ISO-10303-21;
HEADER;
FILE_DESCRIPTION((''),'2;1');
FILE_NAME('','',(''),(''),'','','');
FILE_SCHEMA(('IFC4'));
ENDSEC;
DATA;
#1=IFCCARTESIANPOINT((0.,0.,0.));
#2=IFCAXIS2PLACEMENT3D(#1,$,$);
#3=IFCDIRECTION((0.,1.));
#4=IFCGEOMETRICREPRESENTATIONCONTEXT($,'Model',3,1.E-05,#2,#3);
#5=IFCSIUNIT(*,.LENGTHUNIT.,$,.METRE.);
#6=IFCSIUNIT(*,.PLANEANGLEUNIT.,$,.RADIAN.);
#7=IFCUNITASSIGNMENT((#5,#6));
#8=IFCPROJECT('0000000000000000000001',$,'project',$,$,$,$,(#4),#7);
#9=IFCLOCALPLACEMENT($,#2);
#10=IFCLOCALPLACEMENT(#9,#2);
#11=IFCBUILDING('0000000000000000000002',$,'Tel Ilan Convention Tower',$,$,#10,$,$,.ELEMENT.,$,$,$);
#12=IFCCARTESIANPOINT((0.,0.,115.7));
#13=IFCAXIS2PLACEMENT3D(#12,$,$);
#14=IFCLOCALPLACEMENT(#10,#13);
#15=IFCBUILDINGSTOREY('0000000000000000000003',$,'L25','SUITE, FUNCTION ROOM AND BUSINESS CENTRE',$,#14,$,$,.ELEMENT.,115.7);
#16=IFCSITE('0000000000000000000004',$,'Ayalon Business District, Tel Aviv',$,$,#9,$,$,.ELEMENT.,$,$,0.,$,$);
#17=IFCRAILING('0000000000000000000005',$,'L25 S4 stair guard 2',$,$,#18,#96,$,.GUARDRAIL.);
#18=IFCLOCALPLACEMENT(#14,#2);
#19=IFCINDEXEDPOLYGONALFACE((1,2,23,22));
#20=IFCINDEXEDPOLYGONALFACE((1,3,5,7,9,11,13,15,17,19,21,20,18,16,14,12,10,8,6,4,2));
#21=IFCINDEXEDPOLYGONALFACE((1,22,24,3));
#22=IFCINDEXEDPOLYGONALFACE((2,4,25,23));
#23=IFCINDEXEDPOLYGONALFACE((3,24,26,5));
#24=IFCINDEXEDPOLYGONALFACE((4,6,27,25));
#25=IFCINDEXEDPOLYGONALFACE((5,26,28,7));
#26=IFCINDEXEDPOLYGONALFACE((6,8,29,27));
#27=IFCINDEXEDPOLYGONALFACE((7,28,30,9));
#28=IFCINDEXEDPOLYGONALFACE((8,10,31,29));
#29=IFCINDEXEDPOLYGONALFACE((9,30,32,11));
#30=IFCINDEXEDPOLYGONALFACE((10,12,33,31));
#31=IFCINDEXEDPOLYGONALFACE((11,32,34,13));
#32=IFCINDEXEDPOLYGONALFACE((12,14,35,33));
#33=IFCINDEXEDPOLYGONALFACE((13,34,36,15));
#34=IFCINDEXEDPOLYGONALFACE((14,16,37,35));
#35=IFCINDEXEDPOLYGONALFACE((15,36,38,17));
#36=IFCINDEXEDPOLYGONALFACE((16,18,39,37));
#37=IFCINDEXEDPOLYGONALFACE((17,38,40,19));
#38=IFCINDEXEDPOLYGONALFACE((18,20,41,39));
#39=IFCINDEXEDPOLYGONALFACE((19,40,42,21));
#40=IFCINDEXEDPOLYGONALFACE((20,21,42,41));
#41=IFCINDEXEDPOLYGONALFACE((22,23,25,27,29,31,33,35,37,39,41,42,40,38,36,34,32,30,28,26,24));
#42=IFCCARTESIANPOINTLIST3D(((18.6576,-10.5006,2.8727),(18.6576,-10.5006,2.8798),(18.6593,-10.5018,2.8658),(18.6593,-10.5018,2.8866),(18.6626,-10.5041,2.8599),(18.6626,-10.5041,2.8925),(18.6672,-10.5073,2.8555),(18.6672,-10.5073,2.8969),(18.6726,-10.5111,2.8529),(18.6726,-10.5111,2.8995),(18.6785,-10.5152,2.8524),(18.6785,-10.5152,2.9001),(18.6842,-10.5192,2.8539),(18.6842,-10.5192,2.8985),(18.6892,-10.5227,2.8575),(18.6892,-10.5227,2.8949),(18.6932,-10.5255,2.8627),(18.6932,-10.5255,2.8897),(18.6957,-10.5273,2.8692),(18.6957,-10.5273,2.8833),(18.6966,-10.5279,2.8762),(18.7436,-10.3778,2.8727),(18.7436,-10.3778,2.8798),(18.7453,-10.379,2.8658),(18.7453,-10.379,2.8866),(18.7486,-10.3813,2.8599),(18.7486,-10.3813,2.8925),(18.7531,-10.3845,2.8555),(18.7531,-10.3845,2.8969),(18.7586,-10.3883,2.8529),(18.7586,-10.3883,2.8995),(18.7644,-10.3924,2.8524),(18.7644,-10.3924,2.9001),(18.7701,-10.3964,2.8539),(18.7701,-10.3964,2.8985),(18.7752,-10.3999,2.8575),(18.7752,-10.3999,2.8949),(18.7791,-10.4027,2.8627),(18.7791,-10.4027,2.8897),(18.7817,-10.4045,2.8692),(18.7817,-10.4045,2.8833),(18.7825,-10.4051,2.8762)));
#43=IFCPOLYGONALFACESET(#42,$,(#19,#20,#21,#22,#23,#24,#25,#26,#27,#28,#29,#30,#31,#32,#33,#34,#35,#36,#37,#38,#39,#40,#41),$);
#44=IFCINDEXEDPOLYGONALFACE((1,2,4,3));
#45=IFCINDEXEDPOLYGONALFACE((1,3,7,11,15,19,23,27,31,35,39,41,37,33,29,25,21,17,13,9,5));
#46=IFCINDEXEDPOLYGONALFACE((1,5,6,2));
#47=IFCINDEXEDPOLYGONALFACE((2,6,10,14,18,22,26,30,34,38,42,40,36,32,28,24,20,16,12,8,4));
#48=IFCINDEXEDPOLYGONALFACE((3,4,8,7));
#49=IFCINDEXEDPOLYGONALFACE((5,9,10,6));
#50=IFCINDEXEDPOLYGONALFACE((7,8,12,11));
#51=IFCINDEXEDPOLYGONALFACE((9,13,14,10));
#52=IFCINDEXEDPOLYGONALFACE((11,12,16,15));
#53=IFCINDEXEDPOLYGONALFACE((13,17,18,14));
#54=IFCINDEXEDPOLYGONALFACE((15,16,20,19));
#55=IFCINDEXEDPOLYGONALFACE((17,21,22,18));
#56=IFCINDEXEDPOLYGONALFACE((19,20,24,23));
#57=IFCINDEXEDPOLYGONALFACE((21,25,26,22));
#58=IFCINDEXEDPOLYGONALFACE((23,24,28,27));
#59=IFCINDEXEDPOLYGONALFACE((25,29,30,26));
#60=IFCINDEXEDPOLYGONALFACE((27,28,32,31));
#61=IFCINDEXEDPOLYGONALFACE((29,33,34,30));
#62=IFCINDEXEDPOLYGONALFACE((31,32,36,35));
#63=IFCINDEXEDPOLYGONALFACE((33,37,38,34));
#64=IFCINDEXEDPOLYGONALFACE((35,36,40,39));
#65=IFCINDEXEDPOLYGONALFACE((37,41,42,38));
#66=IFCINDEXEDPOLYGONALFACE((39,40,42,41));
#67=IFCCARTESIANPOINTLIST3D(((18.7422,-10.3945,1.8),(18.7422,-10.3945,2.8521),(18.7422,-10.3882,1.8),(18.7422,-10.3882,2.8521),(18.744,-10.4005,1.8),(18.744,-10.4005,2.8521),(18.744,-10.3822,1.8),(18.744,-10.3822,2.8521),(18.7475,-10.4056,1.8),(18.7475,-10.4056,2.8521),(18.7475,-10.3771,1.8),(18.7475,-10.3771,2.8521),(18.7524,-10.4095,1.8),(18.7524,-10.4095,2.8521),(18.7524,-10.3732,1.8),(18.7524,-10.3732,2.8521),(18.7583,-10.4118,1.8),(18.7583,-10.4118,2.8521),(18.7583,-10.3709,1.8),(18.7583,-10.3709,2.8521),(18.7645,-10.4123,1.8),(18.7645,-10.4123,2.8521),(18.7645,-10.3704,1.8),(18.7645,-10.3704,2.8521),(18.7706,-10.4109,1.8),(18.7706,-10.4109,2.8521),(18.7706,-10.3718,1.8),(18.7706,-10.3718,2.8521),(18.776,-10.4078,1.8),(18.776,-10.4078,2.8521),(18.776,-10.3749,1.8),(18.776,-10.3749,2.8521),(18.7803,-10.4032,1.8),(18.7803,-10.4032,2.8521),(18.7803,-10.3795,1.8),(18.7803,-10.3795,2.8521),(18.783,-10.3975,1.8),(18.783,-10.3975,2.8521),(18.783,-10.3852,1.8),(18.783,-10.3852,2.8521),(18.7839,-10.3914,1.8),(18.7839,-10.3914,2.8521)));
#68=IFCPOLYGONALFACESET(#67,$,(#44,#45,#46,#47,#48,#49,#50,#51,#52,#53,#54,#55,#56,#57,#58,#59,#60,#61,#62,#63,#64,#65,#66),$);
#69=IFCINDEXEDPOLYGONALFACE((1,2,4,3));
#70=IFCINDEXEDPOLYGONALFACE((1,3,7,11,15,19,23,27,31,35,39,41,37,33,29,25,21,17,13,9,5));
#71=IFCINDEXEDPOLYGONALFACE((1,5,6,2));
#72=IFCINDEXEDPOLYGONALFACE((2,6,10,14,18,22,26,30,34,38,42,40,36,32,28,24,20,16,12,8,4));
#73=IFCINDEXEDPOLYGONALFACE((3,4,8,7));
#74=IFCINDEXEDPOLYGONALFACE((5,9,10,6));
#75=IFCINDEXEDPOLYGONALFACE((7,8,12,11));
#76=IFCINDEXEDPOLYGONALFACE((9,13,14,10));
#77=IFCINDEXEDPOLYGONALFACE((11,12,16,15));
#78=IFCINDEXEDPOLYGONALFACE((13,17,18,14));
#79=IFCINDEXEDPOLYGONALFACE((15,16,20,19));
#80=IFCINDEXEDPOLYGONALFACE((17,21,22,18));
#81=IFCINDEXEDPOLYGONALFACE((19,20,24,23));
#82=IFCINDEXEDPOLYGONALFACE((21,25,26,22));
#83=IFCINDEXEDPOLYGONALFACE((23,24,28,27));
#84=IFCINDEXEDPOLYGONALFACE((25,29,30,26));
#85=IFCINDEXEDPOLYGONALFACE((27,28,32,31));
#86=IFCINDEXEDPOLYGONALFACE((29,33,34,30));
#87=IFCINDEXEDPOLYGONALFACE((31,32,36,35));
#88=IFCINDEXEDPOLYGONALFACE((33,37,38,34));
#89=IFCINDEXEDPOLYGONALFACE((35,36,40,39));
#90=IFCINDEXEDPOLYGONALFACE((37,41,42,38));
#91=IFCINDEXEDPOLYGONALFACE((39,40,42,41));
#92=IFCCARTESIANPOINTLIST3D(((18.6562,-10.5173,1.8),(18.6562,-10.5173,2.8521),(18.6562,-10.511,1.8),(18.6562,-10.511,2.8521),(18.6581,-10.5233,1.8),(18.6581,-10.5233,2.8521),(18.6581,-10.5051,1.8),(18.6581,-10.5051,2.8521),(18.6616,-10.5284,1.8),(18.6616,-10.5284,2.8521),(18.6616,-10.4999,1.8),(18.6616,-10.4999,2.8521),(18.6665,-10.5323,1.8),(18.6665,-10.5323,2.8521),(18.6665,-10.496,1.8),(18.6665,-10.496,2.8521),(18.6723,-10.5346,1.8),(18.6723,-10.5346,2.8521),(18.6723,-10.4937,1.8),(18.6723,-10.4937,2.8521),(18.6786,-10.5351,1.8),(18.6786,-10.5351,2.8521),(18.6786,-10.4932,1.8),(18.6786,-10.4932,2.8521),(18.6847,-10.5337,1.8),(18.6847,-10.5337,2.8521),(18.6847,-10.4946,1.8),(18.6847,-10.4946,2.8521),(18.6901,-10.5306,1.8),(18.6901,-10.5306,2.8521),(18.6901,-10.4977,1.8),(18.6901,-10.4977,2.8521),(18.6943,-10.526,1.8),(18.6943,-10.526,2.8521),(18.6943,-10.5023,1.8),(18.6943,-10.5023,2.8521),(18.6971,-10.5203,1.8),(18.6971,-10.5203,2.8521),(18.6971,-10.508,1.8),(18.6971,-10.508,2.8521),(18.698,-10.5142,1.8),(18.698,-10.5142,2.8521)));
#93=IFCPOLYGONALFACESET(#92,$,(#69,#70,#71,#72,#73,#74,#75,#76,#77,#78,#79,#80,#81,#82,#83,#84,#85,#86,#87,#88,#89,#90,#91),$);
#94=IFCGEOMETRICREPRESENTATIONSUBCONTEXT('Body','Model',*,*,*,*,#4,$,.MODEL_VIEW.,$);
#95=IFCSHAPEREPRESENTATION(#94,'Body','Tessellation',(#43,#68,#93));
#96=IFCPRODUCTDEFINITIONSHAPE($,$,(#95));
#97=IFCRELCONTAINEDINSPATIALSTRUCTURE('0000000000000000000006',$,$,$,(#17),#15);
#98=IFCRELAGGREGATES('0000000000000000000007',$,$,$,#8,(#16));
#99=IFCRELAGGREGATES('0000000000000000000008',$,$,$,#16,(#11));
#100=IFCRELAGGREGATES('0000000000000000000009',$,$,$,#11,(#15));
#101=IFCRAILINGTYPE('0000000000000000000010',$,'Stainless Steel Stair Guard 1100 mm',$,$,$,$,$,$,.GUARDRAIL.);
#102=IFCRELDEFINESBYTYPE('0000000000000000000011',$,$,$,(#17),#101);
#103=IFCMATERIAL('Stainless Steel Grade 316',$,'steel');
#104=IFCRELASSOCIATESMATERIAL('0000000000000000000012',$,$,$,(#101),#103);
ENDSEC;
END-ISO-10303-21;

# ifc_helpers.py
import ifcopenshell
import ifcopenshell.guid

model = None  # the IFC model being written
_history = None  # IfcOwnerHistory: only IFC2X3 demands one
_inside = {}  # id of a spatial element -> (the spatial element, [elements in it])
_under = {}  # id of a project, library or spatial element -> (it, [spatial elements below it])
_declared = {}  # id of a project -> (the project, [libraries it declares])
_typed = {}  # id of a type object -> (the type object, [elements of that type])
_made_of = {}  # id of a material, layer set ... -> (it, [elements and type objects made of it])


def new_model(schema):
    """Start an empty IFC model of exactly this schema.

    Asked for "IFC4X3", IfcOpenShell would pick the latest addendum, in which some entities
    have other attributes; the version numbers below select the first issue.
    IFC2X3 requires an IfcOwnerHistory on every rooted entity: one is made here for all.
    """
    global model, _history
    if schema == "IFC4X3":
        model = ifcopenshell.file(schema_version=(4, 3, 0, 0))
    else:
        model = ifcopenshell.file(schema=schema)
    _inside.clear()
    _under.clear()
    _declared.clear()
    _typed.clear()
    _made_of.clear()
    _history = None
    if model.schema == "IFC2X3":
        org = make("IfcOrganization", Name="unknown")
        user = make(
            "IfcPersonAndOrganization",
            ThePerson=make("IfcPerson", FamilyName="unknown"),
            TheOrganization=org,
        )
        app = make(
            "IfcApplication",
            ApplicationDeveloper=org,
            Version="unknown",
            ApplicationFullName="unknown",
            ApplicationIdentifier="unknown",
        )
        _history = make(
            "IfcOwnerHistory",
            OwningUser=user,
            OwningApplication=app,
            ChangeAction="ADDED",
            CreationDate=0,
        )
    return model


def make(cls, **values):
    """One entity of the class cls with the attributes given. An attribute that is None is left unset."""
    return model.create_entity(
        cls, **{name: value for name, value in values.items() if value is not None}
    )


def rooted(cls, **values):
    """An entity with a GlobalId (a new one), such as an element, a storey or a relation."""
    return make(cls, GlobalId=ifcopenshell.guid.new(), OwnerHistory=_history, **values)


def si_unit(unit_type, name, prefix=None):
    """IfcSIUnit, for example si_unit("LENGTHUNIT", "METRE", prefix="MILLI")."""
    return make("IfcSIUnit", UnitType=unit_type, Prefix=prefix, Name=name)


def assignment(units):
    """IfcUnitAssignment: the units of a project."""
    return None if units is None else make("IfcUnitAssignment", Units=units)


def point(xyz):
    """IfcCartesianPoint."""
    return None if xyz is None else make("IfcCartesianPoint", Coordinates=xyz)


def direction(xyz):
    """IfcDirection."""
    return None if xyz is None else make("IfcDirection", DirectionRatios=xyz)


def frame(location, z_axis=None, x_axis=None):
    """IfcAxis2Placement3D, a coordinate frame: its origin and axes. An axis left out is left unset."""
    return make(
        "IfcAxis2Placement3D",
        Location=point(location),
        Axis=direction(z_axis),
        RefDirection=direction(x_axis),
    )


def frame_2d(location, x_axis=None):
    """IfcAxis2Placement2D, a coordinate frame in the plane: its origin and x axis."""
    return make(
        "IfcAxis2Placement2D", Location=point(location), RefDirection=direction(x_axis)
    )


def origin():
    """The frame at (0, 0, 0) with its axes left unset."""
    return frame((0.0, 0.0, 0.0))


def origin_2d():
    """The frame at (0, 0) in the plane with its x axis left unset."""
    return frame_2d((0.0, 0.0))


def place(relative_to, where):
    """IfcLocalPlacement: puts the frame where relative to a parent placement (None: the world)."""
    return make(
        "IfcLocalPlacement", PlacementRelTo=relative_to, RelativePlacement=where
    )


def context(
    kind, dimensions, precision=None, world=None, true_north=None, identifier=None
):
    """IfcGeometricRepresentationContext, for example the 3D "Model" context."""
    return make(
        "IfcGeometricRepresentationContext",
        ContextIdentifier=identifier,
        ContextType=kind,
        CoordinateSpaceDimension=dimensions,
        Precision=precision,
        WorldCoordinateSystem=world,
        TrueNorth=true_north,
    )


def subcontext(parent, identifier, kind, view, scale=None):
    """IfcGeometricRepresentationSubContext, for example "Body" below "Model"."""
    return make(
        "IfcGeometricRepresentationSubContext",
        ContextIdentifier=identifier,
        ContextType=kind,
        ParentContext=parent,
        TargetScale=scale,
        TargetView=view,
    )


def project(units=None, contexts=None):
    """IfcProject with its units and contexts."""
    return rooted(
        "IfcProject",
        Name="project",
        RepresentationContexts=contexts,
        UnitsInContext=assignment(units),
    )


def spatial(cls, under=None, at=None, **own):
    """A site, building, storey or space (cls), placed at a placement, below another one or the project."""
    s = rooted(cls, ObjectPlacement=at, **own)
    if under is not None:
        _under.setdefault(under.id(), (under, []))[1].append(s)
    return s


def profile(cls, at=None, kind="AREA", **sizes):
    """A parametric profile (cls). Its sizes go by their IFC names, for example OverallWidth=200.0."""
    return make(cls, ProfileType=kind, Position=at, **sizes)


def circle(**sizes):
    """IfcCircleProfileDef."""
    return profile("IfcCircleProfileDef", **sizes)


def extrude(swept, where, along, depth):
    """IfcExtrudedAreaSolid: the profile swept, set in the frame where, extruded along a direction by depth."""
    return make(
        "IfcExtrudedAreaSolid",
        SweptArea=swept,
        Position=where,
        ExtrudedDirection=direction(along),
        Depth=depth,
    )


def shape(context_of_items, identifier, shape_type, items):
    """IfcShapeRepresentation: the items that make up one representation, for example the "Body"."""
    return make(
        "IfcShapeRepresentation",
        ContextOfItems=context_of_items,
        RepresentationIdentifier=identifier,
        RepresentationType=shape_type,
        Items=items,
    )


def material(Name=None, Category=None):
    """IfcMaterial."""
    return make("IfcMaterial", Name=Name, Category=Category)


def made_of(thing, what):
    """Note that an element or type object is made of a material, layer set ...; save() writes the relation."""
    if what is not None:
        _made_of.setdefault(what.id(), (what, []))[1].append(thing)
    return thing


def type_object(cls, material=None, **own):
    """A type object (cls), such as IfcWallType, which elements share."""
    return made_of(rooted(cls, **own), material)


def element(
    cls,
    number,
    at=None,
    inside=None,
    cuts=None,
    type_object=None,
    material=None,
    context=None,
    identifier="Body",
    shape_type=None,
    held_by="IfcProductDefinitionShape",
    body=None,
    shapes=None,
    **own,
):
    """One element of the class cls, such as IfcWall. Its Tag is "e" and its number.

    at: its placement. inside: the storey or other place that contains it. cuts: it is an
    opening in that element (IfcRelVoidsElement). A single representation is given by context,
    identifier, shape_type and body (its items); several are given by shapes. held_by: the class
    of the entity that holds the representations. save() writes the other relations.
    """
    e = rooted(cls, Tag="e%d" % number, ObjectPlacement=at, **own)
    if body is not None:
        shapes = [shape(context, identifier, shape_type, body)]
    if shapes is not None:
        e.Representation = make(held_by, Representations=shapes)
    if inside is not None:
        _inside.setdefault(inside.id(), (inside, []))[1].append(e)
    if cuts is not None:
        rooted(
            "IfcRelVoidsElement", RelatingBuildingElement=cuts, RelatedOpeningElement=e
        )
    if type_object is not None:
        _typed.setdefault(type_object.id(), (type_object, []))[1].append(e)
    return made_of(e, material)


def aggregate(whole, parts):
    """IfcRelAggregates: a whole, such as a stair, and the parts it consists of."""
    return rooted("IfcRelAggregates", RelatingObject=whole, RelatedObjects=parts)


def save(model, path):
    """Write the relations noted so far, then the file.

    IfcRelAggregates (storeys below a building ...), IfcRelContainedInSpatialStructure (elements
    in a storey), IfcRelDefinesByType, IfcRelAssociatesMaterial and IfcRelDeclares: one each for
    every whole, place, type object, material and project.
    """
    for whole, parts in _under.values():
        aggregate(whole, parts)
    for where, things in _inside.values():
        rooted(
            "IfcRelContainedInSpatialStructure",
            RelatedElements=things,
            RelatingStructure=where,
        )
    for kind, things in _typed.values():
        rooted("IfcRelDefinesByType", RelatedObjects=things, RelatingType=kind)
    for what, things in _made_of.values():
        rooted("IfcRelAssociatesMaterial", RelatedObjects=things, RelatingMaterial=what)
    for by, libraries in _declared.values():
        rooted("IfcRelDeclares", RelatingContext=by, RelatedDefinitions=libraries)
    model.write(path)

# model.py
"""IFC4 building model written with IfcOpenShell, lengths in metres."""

from ifc_helpers import new_model, si_unit, direction, frame, origin, origin_2d, place, context, subcontext, project, spatial, circle, extrude, material, type_object, element, save


model = new_model("IFC4")

# Units and contexts
model_context = context("Model", 3, precision=1e-05, world=origin(), true_north=direction((0.0, 1.0)))
body_context = subcontext(model_context, "Body", "Model", "MODEL_VIEW")
ifc_project = project(units=[si_unit("LENGTHUNIT", "METRE"), si_unit("PLANEANGLEUNIT", "RADIAN")], contexts=[model_context])

# Site, building, storey
site_placement = place(None, origin())
site = spatial("IfcSite", under=ifc_project, at=site_placement, Name="Ayalon Business District, Tel Aviv", CompositionType="ELEMENT", RefElevation=0.0)
building_placement = place(site_placement, origin())
building = spatial("IfcBuilding", under=site, at=building_placement, Name="Tel Ilan Convention Tower", CompositionType="ELEMENT")
storey_placement = place(building_placement, frame((0.0, 0.0, 115.7)))
storey = spatial("IfcBuildingStorey", under=building, at=storey_placement, Name="L25", Description="SUITE, FUNCTION ROOM AND BUSINESS CENTRE", CompositionType="ELEMENT", Elevation=115.7)

# Railing
ifc_material_1 = material(Name="Stainless Steel Grade 316", Category="steel")
railing_type_1 = type_object("IfcRailingType", Name="Stainless Steel Stair Guard 1100 mm", PredefinedType="GUARDRAIL", material=ifc_material_1)
railing_1_placement = place(storey_placement, frame((18.7629, -10.3914, 1.8)))
element("IfcRailing", 1, at=railing_1_placement, inside=storey, type_object=railing_type_1, Name="L25 S4 stair guard 2", PredefinedType="GUARDRAIL", context=body_context, shape_type="SweptSolid", body=[
    extrude(circle(Radius=0.0239, at=origin_2d()), frame((0.0, 0.0, 1.0762), z_axis=(-0.573353, -0.819308, 0.0), x_axis=(0.819308, -0.573353, 0.0)), (0.0, 0.0, 1.0), 0.1499),
    extrude(circle(Radius=0.021, at=origin_2d()), origin(), (0.0, 0.0, 1.0), 1.052),
    extrude(circle(Radius=0.021, at=origin_2d()), frame((-0.0859, -0.1228, 0.0)), (0.0, 0.0, 1.0), 1.052),
])

save(model, "model.ifc")
